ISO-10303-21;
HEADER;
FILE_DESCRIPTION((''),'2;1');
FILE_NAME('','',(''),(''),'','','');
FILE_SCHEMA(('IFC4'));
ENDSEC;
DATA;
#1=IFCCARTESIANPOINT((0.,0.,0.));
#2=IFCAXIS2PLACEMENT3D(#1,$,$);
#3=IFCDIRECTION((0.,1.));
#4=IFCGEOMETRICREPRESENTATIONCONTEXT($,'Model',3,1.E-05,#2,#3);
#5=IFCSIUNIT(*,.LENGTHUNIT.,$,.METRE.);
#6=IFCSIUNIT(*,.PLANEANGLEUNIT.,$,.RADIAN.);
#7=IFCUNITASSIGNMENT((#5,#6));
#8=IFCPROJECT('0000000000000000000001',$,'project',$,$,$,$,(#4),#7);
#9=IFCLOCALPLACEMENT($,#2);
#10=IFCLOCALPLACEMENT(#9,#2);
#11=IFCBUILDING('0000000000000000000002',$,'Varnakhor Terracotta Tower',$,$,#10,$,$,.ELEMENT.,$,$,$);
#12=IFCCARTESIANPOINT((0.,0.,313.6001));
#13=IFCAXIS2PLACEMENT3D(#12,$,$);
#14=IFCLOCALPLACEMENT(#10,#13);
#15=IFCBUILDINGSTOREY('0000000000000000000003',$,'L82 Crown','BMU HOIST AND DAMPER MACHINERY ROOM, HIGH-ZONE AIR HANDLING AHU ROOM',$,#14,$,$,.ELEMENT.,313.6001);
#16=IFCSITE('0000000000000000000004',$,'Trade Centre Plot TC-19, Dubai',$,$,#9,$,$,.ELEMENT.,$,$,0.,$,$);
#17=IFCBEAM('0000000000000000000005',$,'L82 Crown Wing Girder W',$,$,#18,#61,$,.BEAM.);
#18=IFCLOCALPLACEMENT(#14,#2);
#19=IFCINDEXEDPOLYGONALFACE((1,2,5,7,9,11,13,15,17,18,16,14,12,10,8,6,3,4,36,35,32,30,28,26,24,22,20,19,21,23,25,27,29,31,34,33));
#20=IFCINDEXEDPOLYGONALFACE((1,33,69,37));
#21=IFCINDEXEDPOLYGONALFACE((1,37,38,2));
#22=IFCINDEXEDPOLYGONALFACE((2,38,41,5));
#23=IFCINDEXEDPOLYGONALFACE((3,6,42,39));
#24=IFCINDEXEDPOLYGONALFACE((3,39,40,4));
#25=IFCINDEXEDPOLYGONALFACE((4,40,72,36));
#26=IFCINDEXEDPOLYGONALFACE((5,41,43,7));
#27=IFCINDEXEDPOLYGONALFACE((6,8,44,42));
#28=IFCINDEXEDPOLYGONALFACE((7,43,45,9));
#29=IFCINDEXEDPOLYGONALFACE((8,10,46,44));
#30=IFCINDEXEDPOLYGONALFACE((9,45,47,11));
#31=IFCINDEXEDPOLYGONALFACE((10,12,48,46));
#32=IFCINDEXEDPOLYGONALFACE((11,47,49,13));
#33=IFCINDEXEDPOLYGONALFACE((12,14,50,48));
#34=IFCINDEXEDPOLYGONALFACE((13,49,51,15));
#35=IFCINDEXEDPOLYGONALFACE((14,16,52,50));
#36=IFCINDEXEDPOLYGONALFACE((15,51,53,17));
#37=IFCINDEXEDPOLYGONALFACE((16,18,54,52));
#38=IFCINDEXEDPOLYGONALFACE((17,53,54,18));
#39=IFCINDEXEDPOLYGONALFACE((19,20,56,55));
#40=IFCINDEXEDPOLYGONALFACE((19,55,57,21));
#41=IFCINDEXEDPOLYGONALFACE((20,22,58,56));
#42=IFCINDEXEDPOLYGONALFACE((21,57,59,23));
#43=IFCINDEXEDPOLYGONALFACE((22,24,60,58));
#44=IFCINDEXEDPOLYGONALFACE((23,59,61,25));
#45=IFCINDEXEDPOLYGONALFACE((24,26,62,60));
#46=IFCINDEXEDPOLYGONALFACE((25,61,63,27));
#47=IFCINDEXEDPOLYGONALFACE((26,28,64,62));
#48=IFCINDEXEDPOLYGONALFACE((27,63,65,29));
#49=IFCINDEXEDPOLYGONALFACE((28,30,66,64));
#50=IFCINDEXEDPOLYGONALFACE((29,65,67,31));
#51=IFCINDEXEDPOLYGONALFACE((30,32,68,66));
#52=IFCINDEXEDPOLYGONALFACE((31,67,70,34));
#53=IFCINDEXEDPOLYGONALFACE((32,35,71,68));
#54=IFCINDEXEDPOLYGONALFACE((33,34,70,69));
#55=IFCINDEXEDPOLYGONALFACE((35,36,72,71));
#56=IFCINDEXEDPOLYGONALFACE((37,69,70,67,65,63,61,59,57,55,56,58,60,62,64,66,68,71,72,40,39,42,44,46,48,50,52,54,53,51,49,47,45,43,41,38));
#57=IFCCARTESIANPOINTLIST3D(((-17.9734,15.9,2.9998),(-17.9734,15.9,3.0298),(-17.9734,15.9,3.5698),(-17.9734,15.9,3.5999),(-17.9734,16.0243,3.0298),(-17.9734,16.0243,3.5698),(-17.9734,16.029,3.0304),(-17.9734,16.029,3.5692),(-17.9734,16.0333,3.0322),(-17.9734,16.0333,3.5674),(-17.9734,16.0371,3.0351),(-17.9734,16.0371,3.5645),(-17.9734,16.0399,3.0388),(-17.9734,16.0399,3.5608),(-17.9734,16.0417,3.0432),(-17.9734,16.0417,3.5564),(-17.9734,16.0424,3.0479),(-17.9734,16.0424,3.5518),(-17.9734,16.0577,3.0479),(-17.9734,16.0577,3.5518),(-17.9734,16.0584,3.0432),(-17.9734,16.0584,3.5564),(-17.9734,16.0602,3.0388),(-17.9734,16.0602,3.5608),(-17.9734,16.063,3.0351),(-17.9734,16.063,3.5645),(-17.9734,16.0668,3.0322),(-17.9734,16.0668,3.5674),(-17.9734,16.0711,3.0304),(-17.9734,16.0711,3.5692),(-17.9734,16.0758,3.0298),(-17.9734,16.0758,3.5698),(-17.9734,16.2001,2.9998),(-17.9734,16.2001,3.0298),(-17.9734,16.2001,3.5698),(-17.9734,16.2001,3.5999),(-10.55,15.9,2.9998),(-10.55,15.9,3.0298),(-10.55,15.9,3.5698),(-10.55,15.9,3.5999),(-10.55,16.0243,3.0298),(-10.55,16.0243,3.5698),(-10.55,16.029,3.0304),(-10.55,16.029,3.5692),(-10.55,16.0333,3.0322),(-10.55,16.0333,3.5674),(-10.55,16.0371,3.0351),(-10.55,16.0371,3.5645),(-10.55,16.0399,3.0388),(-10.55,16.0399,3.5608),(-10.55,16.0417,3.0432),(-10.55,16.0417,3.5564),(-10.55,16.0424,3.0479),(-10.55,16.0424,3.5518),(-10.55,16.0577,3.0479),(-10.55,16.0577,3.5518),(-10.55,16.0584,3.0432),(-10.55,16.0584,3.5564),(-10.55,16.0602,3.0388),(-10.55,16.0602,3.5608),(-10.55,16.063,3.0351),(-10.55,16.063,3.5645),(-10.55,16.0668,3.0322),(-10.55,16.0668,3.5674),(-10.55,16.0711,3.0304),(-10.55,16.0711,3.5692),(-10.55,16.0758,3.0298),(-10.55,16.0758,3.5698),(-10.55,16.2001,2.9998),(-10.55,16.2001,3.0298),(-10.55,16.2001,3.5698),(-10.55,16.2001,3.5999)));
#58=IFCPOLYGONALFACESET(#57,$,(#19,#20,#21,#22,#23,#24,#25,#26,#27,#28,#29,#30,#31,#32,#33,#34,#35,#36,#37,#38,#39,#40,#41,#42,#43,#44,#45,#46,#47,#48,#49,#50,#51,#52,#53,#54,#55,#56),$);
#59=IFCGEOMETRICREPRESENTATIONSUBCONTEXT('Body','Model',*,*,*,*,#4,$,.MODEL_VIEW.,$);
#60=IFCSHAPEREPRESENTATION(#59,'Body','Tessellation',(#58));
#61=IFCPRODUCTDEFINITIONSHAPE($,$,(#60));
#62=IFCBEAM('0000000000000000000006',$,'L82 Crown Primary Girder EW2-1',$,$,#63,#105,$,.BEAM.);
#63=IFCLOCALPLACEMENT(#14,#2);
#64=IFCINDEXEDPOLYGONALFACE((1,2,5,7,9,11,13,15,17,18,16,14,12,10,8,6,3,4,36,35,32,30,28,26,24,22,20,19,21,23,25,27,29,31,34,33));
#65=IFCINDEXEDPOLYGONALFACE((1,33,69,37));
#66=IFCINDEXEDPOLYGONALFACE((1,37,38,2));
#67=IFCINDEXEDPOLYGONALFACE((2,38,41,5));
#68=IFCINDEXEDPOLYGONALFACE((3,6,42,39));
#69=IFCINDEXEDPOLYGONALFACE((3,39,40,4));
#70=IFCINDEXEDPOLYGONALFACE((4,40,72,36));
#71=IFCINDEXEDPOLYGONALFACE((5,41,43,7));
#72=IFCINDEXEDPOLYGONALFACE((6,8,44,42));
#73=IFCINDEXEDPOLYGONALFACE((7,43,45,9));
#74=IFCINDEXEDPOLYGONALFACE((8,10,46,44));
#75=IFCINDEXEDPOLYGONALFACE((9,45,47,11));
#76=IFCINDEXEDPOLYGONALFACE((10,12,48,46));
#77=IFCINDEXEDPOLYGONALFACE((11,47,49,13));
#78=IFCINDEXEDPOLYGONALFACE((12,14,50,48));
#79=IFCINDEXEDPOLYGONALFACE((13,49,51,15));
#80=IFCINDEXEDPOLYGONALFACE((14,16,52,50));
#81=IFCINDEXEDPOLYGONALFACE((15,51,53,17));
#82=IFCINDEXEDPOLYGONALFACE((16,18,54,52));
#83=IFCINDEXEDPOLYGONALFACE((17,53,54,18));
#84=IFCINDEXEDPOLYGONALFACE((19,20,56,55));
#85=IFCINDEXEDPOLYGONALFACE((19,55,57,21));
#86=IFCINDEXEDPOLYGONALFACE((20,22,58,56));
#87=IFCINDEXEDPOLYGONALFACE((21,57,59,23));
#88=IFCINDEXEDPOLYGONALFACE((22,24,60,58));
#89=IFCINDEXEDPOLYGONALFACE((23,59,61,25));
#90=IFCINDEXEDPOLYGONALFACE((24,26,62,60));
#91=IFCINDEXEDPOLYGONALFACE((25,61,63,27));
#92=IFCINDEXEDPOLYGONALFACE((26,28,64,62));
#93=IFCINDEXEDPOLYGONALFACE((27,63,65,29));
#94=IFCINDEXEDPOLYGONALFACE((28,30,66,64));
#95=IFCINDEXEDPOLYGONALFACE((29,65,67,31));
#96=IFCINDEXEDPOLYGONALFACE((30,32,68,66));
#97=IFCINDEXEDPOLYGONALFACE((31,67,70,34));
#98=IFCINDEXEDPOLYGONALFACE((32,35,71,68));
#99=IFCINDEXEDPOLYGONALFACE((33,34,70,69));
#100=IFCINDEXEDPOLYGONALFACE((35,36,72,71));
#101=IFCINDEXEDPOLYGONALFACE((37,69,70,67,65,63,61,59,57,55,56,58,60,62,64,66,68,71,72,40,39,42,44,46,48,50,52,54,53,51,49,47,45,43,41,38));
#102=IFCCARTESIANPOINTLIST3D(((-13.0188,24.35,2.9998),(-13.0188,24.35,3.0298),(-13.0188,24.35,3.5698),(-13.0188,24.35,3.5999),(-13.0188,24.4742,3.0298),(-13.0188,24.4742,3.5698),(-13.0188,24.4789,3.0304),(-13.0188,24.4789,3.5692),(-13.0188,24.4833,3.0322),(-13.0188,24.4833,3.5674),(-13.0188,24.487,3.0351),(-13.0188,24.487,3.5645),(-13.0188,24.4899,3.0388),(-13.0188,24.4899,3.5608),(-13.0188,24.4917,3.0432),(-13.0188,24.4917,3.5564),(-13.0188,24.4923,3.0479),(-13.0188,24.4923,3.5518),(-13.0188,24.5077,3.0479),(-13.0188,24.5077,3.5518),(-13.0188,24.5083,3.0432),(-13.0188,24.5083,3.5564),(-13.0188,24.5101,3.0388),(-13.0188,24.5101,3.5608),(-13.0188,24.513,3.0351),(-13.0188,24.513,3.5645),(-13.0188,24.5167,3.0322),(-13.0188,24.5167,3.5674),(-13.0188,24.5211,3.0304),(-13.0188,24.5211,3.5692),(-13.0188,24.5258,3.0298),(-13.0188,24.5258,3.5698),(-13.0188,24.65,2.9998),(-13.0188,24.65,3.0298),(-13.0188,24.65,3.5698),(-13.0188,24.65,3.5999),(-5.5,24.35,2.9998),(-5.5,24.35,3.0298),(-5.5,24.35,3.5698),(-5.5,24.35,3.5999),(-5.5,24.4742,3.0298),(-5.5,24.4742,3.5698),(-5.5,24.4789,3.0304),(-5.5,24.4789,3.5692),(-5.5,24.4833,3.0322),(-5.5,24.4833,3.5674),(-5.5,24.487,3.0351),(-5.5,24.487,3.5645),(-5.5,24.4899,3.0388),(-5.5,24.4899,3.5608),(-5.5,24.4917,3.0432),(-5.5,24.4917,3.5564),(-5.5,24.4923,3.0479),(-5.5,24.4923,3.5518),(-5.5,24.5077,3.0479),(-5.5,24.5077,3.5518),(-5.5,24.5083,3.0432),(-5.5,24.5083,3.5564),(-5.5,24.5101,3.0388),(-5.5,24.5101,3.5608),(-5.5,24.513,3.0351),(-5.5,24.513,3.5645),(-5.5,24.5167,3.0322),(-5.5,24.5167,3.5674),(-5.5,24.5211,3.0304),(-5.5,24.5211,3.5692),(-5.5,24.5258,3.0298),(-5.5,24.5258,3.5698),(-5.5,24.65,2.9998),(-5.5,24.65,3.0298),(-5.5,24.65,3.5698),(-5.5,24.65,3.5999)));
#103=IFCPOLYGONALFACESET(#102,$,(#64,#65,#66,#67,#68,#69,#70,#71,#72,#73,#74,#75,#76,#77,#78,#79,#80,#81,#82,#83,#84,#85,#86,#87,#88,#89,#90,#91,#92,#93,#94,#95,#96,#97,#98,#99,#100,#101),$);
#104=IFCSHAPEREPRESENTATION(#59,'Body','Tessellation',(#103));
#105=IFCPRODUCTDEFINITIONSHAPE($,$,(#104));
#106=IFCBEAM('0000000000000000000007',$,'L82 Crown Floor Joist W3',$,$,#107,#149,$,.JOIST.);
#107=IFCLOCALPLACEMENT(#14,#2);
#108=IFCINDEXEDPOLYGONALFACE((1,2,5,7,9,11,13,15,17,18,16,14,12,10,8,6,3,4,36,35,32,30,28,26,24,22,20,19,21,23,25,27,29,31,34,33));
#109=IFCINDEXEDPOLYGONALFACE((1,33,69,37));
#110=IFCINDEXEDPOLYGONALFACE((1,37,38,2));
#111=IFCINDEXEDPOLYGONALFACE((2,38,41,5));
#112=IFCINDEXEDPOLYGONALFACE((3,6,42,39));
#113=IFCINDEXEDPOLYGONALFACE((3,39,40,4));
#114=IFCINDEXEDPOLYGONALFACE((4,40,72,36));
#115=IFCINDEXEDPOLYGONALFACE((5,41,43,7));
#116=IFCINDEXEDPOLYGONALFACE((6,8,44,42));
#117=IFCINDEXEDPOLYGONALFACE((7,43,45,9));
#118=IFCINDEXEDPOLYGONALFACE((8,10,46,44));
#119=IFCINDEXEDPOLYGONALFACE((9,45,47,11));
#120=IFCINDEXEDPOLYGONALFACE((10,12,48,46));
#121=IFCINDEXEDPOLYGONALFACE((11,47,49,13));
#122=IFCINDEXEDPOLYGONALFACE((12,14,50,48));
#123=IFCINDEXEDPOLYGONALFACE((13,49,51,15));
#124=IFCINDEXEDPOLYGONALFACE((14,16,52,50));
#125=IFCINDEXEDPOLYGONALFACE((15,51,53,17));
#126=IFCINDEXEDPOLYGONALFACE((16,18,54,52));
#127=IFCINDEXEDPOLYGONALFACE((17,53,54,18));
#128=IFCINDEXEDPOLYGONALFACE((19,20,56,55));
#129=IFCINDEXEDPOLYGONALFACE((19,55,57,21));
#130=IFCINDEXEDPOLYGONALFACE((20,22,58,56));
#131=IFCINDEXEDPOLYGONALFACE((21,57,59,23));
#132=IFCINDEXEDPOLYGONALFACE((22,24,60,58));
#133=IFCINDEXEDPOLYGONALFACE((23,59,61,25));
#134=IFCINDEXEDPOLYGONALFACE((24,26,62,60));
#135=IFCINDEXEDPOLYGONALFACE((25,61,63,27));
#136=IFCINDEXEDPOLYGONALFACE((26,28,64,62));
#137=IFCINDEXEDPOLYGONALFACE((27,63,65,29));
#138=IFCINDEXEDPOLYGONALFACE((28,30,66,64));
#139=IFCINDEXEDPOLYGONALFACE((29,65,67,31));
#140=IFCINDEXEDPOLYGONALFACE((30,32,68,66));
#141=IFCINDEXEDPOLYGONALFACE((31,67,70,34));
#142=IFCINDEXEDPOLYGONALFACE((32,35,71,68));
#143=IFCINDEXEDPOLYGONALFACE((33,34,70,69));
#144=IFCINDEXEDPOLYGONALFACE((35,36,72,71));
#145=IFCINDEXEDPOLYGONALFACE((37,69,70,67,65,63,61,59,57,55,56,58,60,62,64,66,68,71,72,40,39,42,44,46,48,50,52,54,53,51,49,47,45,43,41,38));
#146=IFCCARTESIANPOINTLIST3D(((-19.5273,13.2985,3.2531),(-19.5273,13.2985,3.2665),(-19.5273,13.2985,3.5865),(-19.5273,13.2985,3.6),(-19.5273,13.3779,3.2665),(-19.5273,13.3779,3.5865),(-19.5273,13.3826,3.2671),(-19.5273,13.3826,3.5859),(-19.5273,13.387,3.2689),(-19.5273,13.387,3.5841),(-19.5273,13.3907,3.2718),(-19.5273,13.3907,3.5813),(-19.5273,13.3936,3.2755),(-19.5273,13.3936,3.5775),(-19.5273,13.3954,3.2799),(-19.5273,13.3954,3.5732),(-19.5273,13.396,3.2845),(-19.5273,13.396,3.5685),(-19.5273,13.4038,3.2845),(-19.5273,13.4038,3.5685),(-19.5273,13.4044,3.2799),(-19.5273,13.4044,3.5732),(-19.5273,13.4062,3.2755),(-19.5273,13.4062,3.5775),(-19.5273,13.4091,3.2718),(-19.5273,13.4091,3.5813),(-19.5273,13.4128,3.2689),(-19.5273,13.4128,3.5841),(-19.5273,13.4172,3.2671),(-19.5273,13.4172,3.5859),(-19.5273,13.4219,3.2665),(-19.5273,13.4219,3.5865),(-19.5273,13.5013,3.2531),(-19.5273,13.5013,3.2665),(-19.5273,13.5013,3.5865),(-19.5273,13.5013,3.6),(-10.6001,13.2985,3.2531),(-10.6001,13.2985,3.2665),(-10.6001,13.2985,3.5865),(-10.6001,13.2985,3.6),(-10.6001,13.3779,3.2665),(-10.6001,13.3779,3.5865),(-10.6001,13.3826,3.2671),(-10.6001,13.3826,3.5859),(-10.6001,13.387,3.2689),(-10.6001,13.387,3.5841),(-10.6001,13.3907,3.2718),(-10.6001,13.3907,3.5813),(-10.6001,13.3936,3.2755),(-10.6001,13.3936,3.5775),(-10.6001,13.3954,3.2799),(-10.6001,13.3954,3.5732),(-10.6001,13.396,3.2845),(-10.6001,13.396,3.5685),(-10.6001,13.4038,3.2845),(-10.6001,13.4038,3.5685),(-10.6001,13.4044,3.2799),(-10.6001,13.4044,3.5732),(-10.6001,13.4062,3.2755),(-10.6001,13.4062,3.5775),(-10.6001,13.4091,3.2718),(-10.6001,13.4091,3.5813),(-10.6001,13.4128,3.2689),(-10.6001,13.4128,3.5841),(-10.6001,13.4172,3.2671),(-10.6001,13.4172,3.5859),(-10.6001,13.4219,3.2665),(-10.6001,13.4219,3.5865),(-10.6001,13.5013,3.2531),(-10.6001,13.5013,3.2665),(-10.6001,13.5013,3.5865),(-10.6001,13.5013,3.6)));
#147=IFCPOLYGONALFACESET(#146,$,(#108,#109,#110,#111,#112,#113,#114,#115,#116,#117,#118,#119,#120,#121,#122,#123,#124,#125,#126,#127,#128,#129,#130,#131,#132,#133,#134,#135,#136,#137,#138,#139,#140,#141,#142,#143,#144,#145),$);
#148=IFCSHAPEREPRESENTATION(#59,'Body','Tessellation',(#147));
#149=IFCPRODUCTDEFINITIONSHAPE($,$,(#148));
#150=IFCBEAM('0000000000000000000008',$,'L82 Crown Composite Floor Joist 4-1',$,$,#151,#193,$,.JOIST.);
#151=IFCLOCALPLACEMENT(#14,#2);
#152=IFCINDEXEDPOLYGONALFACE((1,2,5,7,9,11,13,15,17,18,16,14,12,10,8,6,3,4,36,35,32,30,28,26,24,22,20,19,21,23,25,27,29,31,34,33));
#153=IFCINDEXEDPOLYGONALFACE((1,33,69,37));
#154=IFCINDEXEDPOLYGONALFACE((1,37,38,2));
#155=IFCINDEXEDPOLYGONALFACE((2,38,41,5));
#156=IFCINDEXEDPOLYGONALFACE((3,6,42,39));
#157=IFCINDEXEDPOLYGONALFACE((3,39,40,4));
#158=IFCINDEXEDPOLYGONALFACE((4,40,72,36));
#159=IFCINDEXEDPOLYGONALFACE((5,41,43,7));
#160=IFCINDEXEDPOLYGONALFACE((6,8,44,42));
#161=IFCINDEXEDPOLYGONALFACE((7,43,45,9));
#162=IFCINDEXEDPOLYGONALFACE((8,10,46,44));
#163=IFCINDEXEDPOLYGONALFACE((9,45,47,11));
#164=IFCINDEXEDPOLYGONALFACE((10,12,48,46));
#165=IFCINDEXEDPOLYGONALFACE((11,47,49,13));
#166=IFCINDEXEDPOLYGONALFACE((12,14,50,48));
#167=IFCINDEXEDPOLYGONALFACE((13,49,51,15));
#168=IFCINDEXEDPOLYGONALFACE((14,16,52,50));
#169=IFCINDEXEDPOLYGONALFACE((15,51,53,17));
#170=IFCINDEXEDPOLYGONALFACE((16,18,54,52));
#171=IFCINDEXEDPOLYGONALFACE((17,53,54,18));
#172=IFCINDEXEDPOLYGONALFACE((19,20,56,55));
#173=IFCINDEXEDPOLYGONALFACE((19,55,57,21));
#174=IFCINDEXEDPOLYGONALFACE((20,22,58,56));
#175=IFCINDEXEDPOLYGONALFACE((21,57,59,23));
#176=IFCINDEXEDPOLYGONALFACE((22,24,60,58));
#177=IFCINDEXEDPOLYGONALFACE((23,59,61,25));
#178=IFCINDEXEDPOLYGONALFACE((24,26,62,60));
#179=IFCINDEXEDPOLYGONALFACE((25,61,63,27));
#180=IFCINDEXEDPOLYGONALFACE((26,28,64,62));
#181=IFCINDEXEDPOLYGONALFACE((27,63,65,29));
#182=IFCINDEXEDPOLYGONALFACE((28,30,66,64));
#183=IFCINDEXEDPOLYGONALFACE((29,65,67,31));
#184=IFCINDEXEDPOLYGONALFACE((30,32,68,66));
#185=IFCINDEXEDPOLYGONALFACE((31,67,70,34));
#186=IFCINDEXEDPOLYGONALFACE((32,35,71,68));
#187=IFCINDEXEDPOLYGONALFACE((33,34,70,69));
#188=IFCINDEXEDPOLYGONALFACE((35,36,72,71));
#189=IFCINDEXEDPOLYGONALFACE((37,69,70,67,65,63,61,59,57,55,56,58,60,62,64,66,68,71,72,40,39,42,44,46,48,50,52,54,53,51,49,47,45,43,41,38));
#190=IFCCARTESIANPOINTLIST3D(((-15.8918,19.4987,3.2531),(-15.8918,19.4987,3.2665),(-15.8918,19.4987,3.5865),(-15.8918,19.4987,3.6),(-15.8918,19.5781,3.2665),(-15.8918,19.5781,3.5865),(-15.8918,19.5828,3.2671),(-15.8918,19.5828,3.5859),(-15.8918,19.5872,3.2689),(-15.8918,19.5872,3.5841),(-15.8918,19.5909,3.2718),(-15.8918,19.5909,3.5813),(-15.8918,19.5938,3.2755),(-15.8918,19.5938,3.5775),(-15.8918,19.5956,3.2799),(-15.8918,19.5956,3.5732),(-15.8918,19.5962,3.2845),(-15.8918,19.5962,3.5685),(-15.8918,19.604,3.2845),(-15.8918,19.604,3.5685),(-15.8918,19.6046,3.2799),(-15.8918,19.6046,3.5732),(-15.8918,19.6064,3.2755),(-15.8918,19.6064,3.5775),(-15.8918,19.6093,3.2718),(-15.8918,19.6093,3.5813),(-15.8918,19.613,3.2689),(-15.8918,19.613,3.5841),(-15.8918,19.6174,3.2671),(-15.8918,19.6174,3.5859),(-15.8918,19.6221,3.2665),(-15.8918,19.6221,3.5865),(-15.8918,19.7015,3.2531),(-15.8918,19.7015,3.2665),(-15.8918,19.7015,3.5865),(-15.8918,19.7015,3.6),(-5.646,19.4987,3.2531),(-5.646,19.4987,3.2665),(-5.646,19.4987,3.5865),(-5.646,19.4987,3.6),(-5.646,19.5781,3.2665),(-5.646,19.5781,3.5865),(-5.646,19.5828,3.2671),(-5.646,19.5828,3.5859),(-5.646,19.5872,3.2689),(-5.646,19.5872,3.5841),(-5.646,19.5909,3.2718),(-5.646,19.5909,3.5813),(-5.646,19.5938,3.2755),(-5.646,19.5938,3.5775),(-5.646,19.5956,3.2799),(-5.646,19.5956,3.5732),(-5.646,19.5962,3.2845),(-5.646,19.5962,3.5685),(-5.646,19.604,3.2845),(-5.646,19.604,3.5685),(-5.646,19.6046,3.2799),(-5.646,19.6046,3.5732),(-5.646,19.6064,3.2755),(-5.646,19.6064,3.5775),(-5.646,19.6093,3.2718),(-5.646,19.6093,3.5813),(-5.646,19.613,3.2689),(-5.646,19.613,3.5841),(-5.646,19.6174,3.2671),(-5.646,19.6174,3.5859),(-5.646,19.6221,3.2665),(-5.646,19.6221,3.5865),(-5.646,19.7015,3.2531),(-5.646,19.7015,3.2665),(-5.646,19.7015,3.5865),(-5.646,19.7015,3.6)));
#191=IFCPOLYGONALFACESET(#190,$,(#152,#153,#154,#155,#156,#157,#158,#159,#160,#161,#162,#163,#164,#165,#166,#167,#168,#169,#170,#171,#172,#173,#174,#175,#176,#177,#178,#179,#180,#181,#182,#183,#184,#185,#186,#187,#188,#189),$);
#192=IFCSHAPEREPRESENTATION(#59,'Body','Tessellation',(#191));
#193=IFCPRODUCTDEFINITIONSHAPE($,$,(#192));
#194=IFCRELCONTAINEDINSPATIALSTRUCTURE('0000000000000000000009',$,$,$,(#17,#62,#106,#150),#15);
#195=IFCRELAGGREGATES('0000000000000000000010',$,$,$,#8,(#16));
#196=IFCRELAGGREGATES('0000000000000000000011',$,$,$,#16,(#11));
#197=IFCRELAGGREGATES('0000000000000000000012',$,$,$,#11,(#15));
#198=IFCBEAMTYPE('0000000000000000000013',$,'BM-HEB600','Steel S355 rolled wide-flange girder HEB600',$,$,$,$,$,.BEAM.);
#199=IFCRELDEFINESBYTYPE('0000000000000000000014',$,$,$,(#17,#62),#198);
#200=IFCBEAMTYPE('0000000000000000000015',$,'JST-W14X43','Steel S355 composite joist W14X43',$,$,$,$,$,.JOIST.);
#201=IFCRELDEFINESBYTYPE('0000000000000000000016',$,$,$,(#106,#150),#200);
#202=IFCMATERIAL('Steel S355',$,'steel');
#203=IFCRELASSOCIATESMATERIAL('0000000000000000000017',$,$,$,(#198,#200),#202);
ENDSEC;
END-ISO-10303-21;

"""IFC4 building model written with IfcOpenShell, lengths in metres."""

from ifc_helpers import new_model, si_unit, direction, frame, origin, origin_2d, place, context, subcontext, project, spatial, i_section, extrude, source, transform, mapped, material, material_profile, profile_set, type_object, element, save


model = new_model("IFC4")

# Units and contexts
model_context = context("Model", 3, precision=1e-05, world=origin(), true_north=direction((0.0, 1.0)))
body_context = subcontext(model_context, "Body", "Model", "MODEL_VIEW")
ifc_project = project(units=[si_unit("LENGTHUNIT", "METRE"), si_unit("PLANEANGLEUNIT", "RADIAN")], contexts=[model_context])

# Site, building, storey
site_placement = place(None, origin())
site = spatial("IfcSite", under=ifc_project, at=site_placement, Name="Trade Centre Plot TC-19, Dubai", CompositionType="ELEMENT", RefElevation=0.0)
building_placement = place(site_placement, origin())
building = spatial("IfcBuilding", under=site, at=building_placement, Name="Varnakhor Terracotta Tower", CompositionType="ELEMENT")
storey_placement = place(building_placement, frame((0.0, 0.0, 313.6001)))
storey = spatial("IfcBuildingStorey", under=building, at=storey_placement, Name="L82 Crown", Description="BMU HOIST AND DAMPER MACHINERY ROOM, HIGH-ZONE AIR HANDLING AHU ROOM", CompositionType="ELEMENT", Elevation=313.6001)

# Beams
ifc_material_1 = material(Name="Steel S355", Category="steel")
ifc_material_profile_1 = material_profile(ifc_material_1, i_section(OverallWidth=0.3, OverallDepth=0.6001, WebThickness=0.0154, FlangeThickness=0.03, FilletRadius=0.0181, at=origin_2d()), Name="HEB600")
ifc_profile_set_1 = profile_set([ifc_material_profile_1], Name="Steel S355")
beam_type_1 = type_object("IfcBeamType", Name="BM-HEB600", Description="Steel S355 rolled wide-flange girder HEB600", PredefinedType="BEAM", material=ifc_profile_set_1)
ifc_material_profile_2 = material_profile(ifc_material_1, i_section(OverallWidth=0.2029, OverallDepth=0.3469, WebThickness=0.0078, FlangeThickness=0.0134, FilletRadius=0.0181, at=origin_2d()), Name="W14X43")
ifc_profile_set_2 = profile_set([ifc_material_profile_2], Name="Steel S355")
beam_type_2 = type_object("IfcBeamType", Name="JST-W14X43", Description="Steel S355 composite joist W14X43", PredefinedType="JOIST", material=ifc_profile_set_2)
shared_shape_1 = source(origin(), body_context, "Body", "SweptSolid", [
    extrude(i_section(OverallWidth=0.3, OverallDepth=0.6001, WebThickness=0.0154, FlangeThickness=0.03, FilletRadius=0.0181, at=origin_2d()), origin(), (0.0, 0.0, 1.0), 7.4233),
])
beam_1_placement = place(storey_placement, frame((-17.9734, 16.05, 3.2998), z_axis=(1.0, 0.0, 0.0), x_axis=(0.0, 1.0, 0.0)))
element("IfcBeam", 1, at=beam_1_placement, inside=storey, type_object=beam_type_1, Name="L82 Crown Wing Girder W", PredefinedType="BEAM", context=body_context, shape_type="MappedRepresentation", body=[
    mapped(shared_shape_1, transform((0.0, 0.0, 0.0), scale=1.0)),
])
shared_shape_2 = source(origin(), body_context, "Body", "SweptSolid", [
    extrude(i_section(OverallWidth=0.3, OverallDepth=0.6001, WebThickness=0.0154, FlangeThickness=0.03, FilletRadius=0.0181, at=origin_2d()), origin(), (0.0, 0.0, 1.0), 7.5188),
])
beam_2_placement = place(storey_placement, frame((-13.0188, 24.5, 3.2998), z_axis=(1.0, 0.0, 0.0), x_axis=(0.0, 1.0, 0.0)))
element("IfcBeam", 2, at=beam_2_placement, inside=storey, type_object=beam_type_1, Name="L82 Crown Primary Girder EW2-1", PredefinedType="BEAM", context=body_context, shape_type="MappedRepresentation", body=[
    mapped(shared_shape_2, transform((0.0, 0.0, 0.0), scale=1.0)),
])
shared_shape_3 = source(origin(), body_context, "Body", "SweptSolid", [
    extrude(i_section(OverallWidth=0.2029, OverallDepth=0.3469, WebThickness=0.0078, FlangeThickness=0.0134, FilletRadius=0.0181, at=origin_2d()), origin(), (0.0, 0.0, 1.0), 8.9272),
])
beam_3_placement = place(storey_placement, frame((-19.5273, 13.3999, 3.4265), z_axis=(1.0, 0.0, 0.0), x_axis=(0.0, 1.0, 0.0)))
element("IfcBeam", 3, at=beam_3_placement, inside=storey, type_object=beam_type_2, Name="L82 Crown Floor Joist W3", PredefinedType="JOIST", context=body_context, shape_type="MappedRepresentation", body=[
    mapped(shared_shape_3, transform((0.0, 0.0, 0.0), scale=1.0)),
])
shared_shape_4 = source(origin(), body_context, "Body", "SweptSolid", [
    extrude(i_section(OverallWidth=0.2029, OverallDepth=0.3469, WebThickness=0.0078, FlangeThickness=0.0134, FilletRadius=0.0181, at=origin_2d()), origin(), (0.0, 0.0, 1.0), 10.2458),
])
beam_4_placement = place(storey_placement, frame((-15.8918, 19.6001, 3.4265), z_axis=(1.0, 0.0, 0.0), x_axis=(0.0, 1.0, 0.0)))
element("IfcBeam", 4, at=beam_4_placement, inside=storey, type_object=beam_type_2, Name="L82 Crown Composite Floor Joist 4-1", PredefinedType="JOIST", context=body_context, shape_type="MappedRepresentation", body=[
    mapped(shared_shape_4, transform((0.0, 0.0, 0.0), scale=1.0)),
])

save(model, "model.ifc")
